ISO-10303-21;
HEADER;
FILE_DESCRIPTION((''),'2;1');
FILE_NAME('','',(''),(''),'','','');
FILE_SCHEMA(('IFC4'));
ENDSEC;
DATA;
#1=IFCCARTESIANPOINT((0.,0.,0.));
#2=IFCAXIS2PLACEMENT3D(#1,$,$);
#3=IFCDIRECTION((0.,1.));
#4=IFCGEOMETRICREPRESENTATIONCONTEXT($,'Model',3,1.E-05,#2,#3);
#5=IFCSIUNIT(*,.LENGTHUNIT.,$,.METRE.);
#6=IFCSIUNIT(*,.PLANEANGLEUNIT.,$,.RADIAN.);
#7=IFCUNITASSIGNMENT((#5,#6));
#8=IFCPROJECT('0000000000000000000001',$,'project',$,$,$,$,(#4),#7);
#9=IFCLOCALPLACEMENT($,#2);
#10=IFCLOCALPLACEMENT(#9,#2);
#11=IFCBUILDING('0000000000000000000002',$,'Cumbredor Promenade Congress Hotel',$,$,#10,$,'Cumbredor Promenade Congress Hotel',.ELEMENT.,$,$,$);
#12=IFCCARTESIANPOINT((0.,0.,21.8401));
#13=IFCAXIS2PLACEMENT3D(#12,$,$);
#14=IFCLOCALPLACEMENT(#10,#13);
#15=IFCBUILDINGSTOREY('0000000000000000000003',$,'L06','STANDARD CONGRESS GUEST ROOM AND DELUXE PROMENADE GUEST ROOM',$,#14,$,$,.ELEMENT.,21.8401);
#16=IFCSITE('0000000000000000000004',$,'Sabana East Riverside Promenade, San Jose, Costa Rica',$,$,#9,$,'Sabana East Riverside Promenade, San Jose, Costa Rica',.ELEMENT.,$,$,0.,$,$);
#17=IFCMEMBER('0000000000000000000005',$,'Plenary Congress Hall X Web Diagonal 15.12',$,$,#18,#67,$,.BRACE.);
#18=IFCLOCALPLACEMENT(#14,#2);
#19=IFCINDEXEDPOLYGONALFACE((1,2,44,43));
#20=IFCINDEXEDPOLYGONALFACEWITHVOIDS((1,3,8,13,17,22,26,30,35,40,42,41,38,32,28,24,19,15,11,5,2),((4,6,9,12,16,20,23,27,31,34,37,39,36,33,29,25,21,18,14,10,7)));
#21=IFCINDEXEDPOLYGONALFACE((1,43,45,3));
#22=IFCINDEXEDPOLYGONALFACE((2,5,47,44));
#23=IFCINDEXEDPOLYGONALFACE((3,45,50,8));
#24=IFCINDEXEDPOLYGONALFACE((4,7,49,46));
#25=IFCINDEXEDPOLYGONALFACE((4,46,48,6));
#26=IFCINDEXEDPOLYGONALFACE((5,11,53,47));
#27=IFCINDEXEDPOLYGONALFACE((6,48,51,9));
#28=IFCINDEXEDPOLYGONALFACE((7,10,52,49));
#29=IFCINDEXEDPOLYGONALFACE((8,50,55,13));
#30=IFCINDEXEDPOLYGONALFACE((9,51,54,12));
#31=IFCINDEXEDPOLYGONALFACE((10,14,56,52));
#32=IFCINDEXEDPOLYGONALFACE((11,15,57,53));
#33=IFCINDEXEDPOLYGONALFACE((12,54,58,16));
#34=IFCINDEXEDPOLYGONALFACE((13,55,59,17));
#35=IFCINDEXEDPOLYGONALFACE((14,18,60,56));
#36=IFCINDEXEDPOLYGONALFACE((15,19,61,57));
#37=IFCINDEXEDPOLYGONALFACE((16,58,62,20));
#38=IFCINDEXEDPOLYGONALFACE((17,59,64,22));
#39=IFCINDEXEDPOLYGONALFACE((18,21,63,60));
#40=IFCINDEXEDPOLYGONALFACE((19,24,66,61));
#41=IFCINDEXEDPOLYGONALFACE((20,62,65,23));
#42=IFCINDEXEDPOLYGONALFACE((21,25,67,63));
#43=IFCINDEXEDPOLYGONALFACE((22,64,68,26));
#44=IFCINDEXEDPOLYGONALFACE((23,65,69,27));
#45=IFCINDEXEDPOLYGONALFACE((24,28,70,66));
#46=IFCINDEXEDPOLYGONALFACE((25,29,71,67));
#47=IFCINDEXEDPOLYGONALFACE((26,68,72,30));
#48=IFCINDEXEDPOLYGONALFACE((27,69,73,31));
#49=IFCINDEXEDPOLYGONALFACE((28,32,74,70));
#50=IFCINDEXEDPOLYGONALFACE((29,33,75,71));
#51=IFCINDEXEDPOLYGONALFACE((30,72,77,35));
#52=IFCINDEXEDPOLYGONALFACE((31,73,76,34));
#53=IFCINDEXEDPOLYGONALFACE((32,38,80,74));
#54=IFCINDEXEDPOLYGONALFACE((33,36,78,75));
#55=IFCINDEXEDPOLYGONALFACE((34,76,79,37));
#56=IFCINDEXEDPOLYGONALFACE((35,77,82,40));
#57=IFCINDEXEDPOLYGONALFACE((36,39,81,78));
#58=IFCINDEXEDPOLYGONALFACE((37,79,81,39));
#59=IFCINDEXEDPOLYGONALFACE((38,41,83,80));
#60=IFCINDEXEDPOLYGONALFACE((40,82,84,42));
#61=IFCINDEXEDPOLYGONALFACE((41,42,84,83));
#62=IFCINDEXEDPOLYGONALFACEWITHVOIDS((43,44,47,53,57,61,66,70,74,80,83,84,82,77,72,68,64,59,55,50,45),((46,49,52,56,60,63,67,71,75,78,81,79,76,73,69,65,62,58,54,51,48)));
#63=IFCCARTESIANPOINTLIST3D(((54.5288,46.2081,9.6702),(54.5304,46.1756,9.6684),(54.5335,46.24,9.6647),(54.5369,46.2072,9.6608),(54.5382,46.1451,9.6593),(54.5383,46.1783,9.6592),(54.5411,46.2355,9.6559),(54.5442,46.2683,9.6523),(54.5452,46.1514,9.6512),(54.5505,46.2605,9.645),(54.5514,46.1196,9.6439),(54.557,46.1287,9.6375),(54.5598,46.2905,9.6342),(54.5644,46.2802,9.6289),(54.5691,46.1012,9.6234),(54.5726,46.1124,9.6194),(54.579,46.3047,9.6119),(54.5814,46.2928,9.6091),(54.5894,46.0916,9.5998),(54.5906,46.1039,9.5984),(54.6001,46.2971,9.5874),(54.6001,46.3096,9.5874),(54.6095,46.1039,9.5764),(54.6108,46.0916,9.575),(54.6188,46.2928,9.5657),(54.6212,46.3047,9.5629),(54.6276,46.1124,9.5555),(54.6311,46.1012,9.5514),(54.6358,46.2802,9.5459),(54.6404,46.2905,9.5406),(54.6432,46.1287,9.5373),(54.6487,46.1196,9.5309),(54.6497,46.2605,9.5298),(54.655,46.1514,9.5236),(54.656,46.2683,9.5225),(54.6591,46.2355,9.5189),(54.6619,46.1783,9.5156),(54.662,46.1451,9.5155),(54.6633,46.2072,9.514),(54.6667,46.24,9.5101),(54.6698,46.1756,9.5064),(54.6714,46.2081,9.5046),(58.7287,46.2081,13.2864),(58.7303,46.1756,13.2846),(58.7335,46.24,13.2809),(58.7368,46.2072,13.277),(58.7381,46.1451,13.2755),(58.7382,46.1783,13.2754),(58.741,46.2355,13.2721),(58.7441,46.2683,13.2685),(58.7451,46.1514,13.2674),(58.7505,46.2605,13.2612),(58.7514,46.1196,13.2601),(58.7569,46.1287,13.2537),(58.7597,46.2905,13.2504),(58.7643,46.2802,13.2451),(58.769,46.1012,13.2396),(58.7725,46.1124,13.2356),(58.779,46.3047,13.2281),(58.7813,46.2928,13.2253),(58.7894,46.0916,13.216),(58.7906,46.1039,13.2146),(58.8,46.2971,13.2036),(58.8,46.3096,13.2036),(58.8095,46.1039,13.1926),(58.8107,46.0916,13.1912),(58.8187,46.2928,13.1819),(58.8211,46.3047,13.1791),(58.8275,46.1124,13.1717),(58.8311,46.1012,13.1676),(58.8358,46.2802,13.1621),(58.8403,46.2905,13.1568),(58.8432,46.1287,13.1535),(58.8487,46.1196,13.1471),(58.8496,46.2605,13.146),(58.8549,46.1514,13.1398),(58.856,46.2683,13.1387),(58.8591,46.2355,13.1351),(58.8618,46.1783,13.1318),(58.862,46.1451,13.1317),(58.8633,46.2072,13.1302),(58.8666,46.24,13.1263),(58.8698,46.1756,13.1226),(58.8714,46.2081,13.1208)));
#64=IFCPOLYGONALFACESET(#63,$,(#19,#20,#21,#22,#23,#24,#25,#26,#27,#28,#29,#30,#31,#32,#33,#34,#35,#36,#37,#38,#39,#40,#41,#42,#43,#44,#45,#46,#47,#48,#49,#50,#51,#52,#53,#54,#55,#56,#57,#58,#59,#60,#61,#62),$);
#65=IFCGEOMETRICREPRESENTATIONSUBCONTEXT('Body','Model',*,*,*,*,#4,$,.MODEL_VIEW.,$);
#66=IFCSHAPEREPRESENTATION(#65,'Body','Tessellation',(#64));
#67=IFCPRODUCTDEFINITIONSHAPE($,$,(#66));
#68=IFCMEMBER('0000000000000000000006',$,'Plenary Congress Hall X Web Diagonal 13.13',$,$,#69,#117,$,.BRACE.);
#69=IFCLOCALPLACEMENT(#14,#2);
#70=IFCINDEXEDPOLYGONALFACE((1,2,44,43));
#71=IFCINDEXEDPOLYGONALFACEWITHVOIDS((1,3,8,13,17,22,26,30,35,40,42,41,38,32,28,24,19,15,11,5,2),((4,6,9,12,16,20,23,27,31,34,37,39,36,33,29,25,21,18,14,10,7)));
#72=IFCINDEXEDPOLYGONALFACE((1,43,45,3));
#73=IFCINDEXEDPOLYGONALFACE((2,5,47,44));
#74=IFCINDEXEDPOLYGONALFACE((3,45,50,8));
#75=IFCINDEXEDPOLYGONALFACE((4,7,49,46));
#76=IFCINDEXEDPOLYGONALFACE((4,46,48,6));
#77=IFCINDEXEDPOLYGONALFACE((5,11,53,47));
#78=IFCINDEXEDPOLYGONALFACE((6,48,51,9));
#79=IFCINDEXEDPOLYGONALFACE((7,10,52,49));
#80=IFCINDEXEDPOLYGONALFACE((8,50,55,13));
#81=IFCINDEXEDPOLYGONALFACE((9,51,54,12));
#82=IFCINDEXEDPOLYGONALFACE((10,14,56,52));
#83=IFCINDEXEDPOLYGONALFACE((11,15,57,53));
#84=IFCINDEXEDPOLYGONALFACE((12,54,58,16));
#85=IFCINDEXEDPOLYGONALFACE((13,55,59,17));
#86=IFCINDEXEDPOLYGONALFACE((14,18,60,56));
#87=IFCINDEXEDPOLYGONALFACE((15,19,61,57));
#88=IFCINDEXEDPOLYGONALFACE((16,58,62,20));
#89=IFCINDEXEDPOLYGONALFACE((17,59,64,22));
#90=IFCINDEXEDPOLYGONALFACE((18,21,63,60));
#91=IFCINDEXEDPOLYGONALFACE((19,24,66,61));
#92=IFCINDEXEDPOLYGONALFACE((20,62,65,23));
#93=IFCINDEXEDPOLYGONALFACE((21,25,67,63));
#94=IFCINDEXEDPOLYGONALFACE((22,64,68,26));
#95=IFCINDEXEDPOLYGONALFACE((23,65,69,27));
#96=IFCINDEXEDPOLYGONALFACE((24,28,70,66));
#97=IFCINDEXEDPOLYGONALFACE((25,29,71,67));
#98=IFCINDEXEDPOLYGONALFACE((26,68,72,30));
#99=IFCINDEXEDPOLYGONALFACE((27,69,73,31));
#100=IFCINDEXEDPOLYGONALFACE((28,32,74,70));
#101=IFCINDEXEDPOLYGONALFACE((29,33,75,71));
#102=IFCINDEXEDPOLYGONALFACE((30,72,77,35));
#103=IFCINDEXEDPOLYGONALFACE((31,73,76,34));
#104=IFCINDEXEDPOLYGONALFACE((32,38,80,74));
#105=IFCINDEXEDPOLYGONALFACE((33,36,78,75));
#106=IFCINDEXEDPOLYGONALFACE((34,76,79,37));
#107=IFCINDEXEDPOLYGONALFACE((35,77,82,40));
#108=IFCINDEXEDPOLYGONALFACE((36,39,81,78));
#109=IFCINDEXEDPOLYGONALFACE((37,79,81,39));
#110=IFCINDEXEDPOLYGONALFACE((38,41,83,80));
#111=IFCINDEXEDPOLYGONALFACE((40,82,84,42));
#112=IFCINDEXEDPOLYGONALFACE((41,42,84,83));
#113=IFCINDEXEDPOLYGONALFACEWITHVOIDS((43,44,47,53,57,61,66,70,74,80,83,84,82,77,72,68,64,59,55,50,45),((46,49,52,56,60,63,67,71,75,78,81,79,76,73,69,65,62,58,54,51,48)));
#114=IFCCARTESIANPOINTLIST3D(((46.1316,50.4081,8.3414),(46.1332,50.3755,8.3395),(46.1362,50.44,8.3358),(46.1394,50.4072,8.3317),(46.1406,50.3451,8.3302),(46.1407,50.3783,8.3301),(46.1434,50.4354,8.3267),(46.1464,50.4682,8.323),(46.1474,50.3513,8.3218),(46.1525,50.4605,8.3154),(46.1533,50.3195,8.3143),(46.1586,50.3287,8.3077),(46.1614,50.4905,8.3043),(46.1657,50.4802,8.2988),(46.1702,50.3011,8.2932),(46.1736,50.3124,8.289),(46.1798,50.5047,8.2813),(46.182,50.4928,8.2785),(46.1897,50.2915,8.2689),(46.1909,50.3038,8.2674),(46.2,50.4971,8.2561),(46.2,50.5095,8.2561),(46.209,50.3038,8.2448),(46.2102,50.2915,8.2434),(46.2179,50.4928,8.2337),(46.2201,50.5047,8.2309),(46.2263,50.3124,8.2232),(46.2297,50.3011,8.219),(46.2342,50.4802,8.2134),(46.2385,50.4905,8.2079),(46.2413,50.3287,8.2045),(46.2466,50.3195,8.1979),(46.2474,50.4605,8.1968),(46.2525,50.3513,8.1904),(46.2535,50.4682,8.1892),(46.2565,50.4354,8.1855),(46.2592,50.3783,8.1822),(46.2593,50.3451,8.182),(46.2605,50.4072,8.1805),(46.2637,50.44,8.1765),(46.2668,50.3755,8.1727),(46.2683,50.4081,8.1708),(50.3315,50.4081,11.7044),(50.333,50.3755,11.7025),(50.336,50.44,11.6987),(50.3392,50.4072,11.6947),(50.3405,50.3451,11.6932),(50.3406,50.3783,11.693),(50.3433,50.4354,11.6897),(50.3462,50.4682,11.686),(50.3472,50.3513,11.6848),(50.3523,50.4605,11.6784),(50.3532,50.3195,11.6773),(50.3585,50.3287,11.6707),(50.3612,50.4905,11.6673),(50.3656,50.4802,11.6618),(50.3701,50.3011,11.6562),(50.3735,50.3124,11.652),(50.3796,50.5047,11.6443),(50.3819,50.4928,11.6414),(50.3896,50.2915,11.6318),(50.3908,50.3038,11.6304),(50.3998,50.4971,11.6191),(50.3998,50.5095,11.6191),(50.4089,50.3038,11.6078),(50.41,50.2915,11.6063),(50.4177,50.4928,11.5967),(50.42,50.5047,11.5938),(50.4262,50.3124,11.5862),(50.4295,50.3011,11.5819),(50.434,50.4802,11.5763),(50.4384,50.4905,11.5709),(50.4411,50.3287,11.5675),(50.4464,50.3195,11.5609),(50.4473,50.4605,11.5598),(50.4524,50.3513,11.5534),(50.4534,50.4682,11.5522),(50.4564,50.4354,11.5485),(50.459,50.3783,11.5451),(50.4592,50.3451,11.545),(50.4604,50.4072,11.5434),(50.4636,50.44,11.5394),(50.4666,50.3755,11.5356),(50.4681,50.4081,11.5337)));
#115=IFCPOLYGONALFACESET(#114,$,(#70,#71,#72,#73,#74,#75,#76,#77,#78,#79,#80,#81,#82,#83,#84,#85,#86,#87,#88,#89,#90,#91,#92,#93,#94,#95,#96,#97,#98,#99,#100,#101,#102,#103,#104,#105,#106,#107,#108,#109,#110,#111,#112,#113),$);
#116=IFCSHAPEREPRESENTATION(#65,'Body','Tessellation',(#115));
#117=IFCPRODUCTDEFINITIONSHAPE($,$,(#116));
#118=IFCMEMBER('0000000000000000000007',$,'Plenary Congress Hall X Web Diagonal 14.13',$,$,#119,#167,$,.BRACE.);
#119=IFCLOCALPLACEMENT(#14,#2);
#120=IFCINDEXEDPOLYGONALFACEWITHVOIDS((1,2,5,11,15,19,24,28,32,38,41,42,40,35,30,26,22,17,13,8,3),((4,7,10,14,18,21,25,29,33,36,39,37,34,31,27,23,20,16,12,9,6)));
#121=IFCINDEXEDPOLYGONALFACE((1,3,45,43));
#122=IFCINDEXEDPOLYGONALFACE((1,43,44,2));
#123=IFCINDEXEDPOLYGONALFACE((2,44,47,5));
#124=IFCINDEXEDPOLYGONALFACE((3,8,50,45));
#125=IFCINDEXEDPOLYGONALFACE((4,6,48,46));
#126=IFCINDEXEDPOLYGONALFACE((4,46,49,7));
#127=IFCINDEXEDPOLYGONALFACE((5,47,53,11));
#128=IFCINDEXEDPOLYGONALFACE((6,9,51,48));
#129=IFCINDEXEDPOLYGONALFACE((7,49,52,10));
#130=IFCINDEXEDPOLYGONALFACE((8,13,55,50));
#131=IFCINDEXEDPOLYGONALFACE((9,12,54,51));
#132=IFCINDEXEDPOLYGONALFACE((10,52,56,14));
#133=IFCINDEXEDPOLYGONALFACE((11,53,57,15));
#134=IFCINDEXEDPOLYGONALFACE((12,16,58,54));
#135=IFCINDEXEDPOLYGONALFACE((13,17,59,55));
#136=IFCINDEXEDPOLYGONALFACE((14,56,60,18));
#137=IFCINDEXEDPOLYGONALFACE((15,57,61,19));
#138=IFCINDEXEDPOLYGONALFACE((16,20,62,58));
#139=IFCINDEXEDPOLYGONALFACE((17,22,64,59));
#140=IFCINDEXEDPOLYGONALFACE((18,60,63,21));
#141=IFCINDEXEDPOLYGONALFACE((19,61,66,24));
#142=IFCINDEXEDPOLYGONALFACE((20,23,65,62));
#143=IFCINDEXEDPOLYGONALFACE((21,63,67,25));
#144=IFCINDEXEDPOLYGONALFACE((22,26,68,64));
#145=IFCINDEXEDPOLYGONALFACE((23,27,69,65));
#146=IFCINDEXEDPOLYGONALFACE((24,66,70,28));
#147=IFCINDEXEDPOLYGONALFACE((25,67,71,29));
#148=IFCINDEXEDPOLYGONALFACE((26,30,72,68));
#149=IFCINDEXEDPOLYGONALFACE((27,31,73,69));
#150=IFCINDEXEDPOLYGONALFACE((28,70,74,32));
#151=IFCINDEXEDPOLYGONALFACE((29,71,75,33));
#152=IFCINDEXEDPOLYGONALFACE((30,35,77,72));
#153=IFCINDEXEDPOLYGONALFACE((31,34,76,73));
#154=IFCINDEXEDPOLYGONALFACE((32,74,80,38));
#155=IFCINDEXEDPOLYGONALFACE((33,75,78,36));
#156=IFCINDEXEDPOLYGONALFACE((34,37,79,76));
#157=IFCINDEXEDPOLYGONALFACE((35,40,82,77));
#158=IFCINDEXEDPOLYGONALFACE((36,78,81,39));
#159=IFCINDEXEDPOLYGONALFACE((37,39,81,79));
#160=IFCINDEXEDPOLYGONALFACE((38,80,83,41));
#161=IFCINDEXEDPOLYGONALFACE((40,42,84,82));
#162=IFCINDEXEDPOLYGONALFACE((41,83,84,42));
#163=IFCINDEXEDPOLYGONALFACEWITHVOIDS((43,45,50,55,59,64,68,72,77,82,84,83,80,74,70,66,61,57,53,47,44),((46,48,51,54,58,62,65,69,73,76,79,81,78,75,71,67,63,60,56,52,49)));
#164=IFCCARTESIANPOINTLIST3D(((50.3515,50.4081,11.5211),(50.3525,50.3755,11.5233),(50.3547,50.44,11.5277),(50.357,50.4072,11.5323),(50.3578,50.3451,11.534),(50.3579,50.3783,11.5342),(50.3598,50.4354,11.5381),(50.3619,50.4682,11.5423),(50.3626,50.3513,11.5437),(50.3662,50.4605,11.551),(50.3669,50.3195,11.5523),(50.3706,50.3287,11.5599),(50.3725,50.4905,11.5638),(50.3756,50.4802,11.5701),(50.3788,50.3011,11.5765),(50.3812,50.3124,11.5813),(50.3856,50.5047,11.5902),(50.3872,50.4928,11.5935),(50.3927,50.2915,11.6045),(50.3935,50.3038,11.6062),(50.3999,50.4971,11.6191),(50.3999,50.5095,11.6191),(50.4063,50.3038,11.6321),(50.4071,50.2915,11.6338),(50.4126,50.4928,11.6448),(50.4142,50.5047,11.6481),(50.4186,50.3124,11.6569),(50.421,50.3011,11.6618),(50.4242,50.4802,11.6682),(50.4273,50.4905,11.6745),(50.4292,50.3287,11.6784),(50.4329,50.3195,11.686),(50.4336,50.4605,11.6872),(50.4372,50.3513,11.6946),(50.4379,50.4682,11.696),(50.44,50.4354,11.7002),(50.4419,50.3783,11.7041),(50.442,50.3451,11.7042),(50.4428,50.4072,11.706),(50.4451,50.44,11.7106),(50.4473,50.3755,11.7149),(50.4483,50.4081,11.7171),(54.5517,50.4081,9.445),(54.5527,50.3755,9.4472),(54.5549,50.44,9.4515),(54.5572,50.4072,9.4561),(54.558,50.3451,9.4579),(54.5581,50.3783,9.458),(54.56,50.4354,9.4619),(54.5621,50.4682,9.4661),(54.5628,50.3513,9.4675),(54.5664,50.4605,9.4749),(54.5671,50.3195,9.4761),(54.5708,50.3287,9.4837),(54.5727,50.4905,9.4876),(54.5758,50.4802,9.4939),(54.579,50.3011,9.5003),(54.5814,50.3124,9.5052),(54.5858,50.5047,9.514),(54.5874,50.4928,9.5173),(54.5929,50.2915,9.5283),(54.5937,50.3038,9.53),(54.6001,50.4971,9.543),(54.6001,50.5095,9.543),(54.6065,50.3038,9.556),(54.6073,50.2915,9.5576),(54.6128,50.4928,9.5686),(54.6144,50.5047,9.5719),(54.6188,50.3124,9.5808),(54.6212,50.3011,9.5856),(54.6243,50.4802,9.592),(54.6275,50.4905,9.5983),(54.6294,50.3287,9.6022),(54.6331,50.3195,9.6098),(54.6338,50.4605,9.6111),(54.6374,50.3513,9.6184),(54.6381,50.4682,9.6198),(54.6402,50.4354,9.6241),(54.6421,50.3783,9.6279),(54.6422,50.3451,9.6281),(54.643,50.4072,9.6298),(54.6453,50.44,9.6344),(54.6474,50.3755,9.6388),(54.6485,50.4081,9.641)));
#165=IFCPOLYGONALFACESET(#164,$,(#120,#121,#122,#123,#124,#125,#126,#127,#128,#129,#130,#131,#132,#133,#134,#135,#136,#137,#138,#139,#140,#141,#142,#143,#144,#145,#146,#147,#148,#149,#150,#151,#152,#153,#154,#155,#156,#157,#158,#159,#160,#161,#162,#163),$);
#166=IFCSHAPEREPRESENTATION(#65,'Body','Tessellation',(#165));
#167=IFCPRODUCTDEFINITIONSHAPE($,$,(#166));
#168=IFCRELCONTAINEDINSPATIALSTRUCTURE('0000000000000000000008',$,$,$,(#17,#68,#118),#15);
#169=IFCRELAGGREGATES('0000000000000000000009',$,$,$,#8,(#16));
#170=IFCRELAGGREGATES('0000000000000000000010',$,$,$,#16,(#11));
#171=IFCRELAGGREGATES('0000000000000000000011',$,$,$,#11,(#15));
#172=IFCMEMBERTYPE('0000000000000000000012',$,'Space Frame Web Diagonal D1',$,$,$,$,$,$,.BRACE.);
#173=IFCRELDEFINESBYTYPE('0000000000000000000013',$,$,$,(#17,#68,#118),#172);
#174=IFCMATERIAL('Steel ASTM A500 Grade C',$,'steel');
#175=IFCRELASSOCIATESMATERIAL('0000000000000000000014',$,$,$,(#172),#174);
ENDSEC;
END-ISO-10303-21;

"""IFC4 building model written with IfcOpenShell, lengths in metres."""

from ifc_helpers import new_model, si_unit, direction, frame, origin, origin_2d, place, context, subcontext, project, spatial, hollow_circle, extrude, material, material_profile, profile_set, type_object, element, save


model = new_model("IFC4")

# Units and contexts
model_context = context("Model", 3, precision=1e-05, world=origin(), true_north=direction((0.0, 1.0)))
body_context = subcontext(model_context, "Body", "Model", "MODEL_VIEW")
ifc_project = project(units=[si_unit("LENGTHUNIT", "METRE"), si_unit("PLANEANGLEUNIT", "RADIAN")], contexts=[model_context])

# Site, building, storey
site_placement = place(None, origin())
site = spatial("IfcSite", under=ifc_project, at=site_placement, Name="Sabana East Riverside Promenade, San Jose, Costa Rica", LongName="Sabana East Riverside Promenade, San Jose, Costa Rica", CompositionType="ELEMENT", RefElevation=0.0)
building_placement = place(site_placement, origin())
building = spatial("IfcBuilding", under=site, at=building_placement, Name="Cumbredor Promenade Congress Hotel", LongName="Cumbredor Promenade Congress Hotel", CompositionType="ELEMENT")
storey_placement = place(building_placement, frame((0.0, 0.0, 21.8401)))
storey = spatial("IfcBuildingStorey", under=building, at=storey_placement, Name="L06", Description="STANDARD CONGRESS GUEST ROOM AND DELUXE PROMENADE GUEST ROOM", CompositionType="ELEMENT", Elevation=21.8401)

# Members
ifc_material_1 = material(Name="Steel ASTM A500 Grade C", Category="steel")
ifc_material_profile_1 = material_profile(ifc_material_1, hollow_circle(Radius=0.1096, WallThickness=0.0125, at=origin_2d()), Name="CHS 219.1x12.5")
ifc_profile_set_1 = profile_set([ifc_material_profile_1], Name="Steel ASTM A500 Grade C")
member_type_1 = type_object("IfcMemberType", Name="Space Frame Web Diagonal D1", PredefinedType="BRACE", material=ifc_profile_set_1)
member_1_placement = place(storey_placement, frame((54.6001, 46.2, 9.5874), z_axis=(0.757806, 0.0, 0.65248), x_axis=(0.0, 1.0, 0.0)))
element("IfcMember", 1, at=member_1_placement, inside=storey, type_object=member_type_1, Name="Plenary Congress Hall X Web Diagonal 15.12", PredefinedType="BRACE", context=body_context, shape_type="SweptSolid", body=[
    extrude(hollow_circle(Radius=0.1096, WallThickness=0.0125, at=origin_2d()), origin(), (0.0, 0.0, 1.0), 5.5422),
])
member_2_placement = place(storey_placement, frame((46.2, 50.3999, 8.2561), z_axis=(0.78059, 0.0, 0.625044), x_axis=(0.0, 1.0, 0.0)))
element("IfcMember", 2, at=member_2_placement, inside=storey, type_object=member_type_1, Name="Plenary Congress Hall X Web Diagonal 13.13", PredefinedType="BRACE", context=body_context, shape_type="SweptSolid", body=[
    extrude(hollow_circle(Radius=0.1096, WallThickness=0.0125, at=origin_2d()), origin(), (0.0, 0.0, 1.0), 5.3804),
])
member_3_placement = place(storey_placement, frame((50.3999, 50.3999, 11.6191), z_axis=(0.89646, 0.0, -0.443124), x_axis=(0.0, 1.0, 0.0)))
element("IfcMember", 3, at=member_3_placement, inside=storey, type_object=member_type_1, Name="Plenary Congress Hall X Web Diagonal 14.13", PredefinedType="BRACE", context=body_context, shape_type="SweptSolid", body=[
    extrude(hollow_circle(Radius=0.1096, WallThickness=0.0125, at=origin_2d()), origin(), (0.0, 0.0, 1.0), 4.6853),
])

save(model, "model.ifc")
